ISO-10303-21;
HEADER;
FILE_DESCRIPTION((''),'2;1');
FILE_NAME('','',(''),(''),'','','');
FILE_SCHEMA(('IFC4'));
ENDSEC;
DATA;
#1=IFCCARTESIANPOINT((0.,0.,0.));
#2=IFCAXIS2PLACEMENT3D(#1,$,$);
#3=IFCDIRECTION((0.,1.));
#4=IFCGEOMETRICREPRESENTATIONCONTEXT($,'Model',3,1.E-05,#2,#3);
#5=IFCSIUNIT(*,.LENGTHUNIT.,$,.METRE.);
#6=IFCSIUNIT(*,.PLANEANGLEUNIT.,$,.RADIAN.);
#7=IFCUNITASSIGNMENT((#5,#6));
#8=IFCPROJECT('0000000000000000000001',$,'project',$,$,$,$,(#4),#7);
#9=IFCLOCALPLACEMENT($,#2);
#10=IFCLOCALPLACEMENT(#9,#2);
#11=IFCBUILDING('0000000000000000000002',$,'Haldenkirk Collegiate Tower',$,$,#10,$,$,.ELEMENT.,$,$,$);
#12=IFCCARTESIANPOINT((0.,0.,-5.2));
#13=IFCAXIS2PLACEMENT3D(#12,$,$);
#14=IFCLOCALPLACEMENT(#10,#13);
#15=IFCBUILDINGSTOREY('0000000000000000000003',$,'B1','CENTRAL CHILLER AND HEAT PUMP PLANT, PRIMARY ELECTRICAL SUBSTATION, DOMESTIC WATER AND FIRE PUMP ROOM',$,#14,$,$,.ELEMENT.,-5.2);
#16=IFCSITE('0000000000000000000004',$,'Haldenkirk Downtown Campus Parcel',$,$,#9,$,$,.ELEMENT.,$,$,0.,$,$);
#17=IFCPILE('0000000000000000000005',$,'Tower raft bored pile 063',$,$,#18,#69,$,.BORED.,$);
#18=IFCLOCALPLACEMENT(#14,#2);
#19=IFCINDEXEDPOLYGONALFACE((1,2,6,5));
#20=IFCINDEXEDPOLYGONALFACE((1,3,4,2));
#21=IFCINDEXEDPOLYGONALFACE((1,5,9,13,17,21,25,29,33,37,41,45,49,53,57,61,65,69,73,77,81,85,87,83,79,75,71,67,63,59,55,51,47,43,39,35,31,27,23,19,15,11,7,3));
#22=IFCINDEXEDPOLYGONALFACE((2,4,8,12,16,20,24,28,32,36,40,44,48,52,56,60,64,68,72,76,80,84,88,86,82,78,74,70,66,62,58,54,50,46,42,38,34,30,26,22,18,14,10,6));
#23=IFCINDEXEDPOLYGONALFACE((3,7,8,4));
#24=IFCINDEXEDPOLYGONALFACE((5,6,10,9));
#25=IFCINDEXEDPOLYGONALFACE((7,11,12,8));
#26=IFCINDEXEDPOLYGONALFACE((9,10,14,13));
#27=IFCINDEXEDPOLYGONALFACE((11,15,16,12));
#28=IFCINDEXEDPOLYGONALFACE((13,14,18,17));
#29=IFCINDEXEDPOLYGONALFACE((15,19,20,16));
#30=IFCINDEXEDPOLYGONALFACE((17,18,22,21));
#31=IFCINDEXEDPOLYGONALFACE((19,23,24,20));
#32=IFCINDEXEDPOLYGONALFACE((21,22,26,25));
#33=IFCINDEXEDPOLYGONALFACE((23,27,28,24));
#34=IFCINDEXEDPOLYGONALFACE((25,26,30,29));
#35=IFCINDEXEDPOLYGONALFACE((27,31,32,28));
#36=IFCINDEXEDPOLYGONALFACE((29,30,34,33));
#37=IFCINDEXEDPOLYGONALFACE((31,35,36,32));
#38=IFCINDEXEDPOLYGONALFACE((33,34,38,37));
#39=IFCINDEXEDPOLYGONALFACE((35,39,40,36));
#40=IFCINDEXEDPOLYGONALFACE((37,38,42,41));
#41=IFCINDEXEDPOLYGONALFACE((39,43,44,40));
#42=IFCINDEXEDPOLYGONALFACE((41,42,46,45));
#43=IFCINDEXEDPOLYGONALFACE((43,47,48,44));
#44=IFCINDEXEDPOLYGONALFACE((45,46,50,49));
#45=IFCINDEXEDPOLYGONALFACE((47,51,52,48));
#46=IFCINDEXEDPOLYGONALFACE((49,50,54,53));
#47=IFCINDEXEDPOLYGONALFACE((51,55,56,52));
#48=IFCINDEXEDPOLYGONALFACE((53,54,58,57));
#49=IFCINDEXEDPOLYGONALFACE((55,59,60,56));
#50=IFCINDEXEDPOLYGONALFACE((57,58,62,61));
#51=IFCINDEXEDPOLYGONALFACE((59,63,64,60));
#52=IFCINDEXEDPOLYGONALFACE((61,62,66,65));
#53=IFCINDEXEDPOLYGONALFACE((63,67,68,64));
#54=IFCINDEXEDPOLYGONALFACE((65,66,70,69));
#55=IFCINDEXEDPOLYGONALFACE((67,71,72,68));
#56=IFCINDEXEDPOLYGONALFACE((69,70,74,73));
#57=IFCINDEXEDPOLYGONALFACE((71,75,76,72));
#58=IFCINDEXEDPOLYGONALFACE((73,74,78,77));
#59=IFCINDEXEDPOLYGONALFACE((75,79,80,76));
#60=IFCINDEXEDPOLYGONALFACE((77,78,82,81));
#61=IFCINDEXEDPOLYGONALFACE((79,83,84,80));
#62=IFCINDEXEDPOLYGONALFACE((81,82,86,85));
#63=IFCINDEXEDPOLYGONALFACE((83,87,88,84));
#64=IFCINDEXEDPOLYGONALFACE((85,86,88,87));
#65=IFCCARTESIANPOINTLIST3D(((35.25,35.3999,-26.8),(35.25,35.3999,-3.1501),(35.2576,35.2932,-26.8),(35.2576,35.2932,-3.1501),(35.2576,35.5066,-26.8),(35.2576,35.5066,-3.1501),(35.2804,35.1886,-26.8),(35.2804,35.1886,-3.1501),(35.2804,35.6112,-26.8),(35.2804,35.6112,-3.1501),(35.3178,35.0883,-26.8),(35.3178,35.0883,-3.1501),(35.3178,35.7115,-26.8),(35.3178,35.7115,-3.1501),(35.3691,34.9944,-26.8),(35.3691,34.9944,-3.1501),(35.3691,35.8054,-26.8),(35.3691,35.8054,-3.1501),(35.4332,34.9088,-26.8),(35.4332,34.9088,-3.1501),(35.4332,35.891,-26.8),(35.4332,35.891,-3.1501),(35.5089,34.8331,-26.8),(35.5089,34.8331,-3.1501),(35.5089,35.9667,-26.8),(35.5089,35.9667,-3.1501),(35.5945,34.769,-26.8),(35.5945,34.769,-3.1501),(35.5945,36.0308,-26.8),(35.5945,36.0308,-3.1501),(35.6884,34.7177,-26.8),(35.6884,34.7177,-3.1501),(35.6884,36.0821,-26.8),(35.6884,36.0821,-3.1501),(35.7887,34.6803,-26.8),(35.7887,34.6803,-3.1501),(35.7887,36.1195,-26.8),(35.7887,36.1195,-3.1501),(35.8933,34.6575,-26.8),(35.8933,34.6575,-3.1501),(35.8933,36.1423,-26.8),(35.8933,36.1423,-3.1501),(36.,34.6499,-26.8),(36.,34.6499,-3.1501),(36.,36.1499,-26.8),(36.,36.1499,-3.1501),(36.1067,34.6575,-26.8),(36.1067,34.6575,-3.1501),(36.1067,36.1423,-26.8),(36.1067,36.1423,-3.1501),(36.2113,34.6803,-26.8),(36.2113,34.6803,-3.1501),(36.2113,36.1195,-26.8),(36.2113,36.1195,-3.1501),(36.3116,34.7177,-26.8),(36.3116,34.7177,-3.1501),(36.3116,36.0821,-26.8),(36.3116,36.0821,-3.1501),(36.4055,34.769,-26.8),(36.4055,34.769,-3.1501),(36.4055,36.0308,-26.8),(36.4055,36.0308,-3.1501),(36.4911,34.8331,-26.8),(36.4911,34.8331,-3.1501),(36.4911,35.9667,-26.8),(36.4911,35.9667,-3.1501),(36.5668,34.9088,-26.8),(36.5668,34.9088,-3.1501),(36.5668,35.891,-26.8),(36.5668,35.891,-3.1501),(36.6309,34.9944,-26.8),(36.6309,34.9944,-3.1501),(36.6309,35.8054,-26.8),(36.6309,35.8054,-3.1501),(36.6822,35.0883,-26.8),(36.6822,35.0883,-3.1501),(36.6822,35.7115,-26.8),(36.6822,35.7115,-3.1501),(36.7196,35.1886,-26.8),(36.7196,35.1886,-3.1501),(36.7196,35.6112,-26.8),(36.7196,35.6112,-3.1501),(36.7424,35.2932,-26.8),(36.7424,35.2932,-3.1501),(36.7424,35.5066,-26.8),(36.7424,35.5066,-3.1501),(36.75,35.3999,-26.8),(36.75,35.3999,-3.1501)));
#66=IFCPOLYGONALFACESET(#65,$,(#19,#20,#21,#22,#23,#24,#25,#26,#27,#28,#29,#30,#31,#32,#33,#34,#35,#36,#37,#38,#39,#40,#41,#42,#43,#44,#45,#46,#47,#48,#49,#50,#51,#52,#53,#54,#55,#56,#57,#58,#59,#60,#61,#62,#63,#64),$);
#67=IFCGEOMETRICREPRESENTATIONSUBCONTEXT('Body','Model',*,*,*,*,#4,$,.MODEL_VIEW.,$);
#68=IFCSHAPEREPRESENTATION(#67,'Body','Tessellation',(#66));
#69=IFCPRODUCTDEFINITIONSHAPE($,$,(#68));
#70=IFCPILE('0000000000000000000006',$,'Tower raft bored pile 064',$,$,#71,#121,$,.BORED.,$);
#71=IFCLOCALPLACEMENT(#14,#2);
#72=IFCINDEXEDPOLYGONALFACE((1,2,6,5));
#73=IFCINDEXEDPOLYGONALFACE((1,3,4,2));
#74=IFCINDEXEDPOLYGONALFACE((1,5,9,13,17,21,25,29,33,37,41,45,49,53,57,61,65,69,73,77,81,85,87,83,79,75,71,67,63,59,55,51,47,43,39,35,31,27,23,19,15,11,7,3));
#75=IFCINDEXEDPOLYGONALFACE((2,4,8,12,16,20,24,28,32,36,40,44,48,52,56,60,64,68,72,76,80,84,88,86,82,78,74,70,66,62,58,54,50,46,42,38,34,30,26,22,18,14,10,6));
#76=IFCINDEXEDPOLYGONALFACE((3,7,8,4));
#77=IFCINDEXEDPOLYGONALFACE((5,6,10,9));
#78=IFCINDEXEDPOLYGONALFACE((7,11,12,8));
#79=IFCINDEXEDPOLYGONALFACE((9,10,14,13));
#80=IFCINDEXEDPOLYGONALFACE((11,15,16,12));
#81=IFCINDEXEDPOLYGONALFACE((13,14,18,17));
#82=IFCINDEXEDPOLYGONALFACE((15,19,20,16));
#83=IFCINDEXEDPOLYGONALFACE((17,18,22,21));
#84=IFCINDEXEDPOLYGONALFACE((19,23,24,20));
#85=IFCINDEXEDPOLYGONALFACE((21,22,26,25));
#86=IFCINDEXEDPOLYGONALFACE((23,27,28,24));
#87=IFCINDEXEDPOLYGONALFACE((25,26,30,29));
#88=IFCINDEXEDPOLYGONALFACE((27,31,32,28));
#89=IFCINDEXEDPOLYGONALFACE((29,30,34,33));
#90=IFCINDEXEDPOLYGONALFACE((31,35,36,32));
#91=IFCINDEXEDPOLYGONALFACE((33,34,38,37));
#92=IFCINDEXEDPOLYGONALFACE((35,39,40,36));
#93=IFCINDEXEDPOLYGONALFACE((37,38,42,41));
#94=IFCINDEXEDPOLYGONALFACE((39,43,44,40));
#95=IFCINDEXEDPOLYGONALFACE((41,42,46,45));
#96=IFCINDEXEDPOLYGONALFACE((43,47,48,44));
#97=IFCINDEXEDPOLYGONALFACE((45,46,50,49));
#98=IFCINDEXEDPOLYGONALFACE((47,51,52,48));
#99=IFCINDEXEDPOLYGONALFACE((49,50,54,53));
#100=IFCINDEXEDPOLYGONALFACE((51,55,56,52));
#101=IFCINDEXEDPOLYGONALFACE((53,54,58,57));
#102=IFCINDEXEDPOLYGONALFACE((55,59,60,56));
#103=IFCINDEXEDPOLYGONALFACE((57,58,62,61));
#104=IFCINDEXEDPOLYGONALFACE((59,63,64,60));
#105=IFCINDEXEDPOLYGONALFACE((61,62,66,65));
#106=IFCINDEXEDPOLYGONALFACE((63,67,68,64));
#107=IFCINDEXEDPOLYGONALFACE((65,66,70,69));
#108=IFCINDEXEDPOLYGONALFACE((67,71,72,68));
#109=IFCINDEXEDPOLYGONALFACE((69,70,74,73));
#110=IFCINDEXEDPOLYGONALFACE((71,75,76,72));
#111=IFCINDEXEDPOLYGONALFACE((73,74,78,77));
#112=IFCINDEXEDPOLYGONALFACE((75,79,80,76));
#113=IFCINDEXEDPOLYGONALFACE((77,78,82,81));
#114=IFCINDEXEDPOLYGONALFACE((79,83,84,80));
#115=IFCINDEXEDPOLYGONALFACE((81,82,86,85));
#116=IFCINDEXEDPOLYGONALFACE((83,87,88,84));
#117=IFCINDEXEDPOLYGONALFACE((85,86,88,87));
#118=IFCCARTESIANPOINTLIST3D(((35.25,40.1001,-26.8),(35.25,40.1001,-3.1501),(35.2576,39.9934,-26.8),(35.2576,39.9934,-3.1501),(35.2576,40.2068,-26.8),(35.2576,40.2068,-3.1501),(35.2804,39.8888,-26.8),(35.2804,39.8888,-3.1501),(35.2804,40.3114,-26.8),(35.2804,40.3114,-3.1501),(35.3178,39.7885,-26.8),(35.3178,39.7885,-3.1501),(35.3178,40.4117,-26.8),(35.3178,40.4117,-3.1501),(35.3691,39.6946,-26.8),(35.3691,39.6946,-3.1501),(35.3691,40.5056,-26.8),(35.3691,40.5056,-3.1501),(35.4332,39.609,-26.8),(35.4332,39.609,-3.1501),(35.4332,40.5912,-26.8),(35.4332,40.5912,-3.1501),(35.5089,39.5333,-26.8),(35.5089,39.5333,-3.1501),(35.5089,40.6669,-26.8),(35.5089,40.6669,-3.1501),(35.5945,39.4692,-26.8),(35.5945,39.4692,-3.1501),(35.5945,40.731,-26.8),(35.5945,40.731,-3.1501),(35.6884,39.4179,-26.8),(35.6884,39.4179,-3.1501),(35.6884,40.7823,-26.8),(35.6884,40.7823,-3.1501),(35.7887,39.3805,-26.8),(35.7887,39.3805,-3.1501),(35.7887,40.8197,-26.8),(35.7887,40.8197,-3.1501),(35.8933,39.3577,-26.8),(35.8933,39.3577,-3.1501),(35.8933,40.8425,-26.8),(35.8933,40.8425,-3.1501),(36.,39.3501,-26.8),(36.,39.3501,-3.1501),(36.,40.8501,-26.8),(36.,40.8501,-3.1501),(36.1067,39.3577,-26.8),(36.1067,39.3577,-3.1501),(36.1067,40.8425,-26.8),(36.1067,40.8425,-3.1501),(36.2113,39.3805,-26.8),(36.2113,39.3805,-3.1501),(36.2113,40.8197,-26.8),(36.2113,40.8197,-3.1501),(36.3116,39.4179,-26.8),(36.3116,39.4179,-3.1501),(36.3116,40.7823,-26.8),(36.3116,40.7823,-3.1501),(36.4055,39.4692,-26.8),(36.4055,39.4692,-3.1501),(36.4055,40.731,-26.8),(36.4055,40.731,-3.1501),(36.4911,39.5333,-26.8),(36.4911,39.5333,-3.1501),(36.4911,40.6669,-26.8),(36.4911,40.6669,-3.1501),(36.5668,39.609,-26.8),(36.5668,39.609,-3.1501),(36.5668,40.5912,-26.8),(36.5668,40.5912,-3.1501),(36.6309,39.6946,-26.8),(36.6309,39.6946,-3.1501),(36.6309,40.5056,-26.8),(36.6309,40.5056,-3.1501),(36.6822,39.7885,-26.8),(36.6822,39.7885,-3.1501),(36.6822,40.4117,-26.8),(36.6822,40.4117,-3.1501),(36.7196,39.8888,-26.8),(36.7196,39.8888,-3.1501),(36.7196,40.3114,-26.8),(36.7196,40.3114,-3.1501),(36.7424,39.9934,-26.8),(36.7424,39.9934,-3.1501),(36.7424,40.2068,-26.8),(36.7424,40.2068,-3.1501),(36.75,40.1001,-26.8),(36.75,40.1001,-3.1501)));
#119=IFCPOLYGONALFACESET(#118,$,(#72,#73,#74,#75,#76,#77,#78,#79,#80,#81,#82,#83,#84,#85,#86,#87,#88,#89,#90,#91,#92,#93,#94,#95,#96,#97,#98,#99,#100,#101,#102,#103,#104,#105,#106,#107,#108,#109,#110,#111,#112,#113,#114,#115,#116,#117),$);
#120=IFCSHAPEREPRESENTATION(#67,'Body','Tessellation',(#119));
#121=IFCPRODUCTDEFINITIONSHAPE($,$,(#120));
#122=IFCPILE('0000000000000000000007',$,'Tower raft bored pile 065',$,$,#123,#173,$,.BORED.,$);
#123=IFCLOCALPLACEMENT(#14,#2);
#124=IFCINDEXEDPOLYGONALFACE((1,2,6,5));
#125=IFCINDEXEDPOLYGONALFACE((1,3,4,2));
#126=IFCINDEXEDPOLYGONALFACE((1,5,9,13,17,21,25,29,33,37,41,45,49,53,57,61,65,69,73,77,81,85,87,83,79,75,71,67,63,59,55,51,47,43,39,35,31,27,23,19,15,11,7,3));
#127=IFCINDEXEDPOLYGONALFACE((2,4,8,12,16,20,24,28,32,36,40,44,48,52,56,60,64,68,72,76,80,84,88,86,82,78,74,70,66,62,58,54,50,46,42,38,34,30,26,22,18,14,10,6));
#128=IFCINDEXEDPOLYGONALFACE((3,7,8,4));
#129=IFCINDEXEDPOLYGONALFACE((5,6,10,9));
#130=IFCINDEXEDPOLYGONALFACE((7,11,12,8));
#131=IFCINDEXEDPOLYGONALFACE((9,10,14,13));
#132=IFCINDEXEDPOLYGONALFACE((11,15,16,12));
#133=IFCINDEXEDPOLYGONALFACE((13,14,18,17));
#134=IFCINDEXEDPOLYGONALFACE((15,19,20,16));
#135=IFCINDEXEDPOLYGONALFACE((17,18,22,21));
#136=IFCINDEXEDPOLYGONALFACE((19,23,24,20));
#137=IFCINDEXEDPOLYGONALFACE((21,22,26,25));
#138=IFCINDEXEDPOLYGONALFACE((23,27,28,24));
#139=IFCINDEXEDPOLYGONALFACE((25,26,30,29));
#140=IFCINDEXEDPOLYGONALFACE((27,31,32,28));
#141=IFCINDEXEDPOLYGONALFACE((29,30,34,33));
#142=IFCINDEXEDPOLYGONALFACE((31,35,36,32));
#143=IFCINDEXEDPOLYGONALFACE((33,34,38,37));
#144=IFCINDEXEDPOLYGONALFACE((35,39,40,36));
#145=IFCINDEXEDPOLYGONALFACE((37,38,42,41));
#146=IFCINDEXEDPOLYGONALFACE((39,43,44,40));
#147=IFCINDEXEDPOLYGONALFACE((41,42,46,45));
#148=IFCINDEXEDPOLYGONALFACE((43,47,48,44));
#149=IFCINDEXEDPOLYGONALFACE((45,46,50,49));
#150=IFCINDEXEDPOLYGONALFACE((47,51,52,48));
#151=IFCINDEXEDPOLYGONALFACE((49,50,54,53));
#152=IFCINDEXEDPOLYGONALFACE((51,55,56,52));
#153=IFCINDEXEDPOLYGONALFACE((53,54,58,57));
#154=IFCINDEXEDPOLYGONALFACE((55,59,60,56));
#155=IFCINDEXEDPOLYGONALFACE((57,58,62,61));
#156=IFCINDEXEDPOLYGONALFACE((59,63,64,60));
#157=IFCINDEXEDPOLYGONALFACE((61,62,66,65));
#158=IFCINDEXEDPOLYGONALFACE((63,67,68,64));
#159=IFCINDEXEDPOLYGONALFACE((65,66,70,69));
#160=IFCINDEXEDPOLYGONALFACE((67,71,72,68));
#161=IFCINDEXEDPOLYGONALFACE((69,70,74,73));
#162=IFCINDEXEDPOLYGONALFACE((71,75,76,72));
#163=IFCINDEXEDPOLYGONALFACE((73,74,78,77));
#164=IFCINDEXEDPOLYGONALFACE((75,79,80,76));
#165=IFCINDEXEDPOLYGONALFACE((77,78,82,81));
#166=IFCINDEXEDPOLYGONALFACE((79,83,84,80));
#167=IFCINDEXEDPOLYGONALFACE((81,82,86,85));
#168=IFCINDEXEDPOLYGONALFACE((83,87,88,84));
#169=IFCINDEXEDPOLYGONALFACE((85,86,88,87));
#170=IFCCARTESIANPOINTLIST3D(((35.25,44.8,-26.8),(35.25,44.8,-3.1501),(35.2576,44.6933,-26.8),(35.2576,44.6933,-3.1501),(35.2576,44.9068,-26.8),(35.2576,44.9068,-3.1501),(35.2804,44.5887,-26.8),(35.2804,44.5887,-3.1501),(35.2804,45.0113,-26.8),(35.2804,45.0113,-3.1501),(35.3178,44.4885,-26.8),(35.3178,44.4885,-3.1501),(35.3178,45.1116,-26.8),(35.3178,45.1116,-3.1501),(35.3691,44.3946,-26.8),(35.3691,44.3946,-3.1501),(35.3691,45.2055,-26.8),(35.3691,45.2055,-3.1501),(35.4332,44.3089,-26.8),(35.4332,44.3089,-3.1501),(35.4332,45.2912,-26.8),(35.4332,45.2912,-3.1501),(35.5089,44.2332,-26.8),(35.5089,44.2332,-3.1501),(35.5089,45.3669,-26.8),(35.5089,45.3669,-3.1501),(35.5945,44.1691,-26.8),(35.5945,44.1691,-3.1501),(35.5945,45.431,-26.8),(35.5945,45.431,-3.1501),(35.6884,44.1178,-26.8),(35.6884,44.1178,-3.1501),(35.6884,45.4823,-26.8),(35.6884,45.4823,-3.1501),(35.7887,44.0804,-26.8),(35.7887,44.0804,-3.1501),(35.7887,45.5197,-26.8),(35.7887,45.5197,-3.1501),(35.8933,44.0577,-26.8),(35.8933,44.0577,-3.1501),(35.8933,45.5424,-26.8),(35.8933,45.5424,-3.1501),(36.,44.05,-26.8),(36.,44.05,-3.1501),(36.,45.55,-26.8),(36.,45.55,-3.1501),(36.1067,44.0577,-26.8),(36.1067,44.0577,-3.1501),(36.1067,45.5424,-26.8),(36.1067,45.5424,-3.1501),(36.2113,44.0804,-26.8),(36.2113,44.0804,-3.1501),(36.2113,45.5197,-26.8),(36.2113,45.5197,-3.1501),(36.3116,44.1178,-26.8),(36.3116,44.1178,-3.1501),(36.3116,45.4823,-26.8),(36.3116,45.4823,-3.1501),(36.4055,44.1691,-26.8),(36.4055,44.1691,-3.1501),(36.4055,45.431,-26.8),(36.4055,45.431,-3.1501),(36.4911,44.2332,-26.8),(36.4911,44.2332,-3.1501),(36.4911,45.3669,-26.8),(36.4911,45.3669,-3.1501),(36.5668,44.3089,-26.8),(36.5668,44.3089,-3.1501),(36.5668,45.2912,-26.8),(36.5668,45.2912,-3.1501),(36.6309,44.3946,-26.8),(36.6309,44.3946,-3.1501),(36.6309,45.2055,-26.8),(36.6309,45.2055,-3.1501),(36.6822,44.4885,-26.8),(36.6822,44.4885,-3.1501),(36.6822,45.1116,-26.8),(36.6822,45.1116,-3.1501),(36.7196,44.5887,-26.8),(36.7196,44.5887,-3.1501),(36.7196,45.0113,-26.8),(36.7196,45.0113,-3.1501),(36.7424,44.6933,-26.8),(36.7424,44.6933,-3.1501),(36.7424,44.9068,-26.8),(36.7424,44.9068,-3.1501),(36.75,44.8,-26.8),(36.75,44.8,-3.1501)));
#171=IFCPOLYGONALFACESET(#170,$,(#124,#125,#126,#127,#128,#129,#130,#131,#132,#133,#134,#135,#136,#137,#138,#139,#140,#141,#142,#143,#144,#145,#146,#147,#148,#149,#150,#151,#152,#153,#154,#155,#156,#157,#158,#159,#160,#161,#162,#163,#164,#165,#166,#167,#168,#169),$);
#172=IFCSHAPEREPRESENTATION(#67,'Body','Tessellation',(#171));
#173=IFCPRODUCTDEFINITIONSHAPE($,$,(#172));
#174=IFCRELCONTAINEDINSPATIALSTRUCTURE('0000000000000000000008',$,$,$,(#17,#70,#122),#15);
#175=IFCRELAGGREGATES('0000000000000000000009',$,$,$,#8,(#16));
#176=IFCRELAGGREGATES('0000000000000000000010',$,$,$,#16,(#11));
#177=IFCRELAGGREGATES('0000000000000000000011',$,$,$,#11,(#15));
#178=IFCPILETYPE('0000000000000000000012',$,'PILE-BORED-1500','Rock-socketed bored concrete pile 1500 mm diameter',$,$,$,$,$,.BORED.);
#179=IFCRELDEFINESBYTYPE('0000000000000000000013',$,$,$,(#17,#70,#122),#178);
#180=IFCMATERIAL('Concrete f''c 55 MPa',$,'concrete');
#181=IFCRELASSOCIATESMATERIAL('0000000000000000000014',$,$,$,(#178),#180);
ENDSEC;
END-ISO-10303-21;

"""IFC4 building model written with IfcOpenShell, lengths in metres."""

from ifc_helpers import new_model, si_unit, direction, frame, origin, origin_2d, place, context, subcontext, project, spatial, circle, extrude, material, material_profile, profile_set, type_object, element, save


model = new_model("IFC4")

# Units and contexts
model_context = context("Model", 3, precision=1e-05, world=origin(), true_north=direction((0.0, 1.0)))
body_context = subcontext(model_context, "Body", "Model", "MODEL_VIEW")
ifc_project = project(units=[si_unit("LENGTHUNIT", "METRE"), si_unit("PLANEANGLEUNIT", "RADIAN")], contexts=[model_context])

# Site, building, storey
site_placement = place(None, origin())
site = spatial("IfcSite", under=ifc_project, at=site_placement, Name="Haldenkirk Downtown Campus Parcel", CompositionType="ELEMENT", RefElevation=0.0)
building_placement = place(site_placement, origin())
building = spatial("IfcBuilding", under=site, at=building_placement, Name="Haldenkirk Collegiate Tower", CompositionType="ELEMENT")
storey_placement = place(building_placement, frame((0.0, 0.0, -5.2)))
storey = spatial("IfcBuildingStorey", under=building, at=storey_placement, Name="B1", Description="CENTRAL CHILLER AND HEAT PUMP PLANT, PRIMARY ELECTRICAL SUBSTATION, DOMESTIC WATER AND FIRE PUMP ROOM", CompositionType="ELEMENT", Elevation=-5.2)

# Piles
ifc_material_1 = material(Name="Concrete f'c 55 MPa", Category="concrete")
ifc_material_profile_1 = material_profile(ifc_material_1, circle(Radius=0.75, at=origin_2d()), Name="PILE1500")
ifc_profile_set_1 = profile_set([ifc_material_profile_1], Name="Concrete f'c 55 MPa")
pile_type = type_object("IfcPileType", Name="PILE-BORED-1500", Description="Rock-socketed bored concrete pile 1500 mm diameter", PredefinedType="BORED", material=ifc_profile_set_1)
for number, where, z_axis, x_axis, name in (
    (1, (36.0, 35.3999, -3.1501), (0.0, 0.0, -1.0), (1.0, 0.0, 0.0), "Tower raft bored pile 063"),
    (2, (36.0, 40.1001, -3.1501), (0.0, 0.0, -1.0), (1.0, 0.0, 0.0), "Tower raft bored pile 064"),
    (3, (36.0, 44.8, -3.1501), (0.0, 0.0, -1.0), (1.0, 0.0, 0.0), "Tower raft bored pile 065"),
):
    element("IfcPile", number, at=place(storey_placement, frame(where, z_axis=z_axis, x_axis=x_axis)), inside=storey, type_object=pile_type, Name=name, PredefinedType="BORED", context=body_context, shape_type="SweptSolid", body=[
        extrude(circle(Radius=0.75, at=origin_2d()), origin(), (0.0, 0.0, 1.0), 23.6499),
    ])

save(model, "model.ifc")
